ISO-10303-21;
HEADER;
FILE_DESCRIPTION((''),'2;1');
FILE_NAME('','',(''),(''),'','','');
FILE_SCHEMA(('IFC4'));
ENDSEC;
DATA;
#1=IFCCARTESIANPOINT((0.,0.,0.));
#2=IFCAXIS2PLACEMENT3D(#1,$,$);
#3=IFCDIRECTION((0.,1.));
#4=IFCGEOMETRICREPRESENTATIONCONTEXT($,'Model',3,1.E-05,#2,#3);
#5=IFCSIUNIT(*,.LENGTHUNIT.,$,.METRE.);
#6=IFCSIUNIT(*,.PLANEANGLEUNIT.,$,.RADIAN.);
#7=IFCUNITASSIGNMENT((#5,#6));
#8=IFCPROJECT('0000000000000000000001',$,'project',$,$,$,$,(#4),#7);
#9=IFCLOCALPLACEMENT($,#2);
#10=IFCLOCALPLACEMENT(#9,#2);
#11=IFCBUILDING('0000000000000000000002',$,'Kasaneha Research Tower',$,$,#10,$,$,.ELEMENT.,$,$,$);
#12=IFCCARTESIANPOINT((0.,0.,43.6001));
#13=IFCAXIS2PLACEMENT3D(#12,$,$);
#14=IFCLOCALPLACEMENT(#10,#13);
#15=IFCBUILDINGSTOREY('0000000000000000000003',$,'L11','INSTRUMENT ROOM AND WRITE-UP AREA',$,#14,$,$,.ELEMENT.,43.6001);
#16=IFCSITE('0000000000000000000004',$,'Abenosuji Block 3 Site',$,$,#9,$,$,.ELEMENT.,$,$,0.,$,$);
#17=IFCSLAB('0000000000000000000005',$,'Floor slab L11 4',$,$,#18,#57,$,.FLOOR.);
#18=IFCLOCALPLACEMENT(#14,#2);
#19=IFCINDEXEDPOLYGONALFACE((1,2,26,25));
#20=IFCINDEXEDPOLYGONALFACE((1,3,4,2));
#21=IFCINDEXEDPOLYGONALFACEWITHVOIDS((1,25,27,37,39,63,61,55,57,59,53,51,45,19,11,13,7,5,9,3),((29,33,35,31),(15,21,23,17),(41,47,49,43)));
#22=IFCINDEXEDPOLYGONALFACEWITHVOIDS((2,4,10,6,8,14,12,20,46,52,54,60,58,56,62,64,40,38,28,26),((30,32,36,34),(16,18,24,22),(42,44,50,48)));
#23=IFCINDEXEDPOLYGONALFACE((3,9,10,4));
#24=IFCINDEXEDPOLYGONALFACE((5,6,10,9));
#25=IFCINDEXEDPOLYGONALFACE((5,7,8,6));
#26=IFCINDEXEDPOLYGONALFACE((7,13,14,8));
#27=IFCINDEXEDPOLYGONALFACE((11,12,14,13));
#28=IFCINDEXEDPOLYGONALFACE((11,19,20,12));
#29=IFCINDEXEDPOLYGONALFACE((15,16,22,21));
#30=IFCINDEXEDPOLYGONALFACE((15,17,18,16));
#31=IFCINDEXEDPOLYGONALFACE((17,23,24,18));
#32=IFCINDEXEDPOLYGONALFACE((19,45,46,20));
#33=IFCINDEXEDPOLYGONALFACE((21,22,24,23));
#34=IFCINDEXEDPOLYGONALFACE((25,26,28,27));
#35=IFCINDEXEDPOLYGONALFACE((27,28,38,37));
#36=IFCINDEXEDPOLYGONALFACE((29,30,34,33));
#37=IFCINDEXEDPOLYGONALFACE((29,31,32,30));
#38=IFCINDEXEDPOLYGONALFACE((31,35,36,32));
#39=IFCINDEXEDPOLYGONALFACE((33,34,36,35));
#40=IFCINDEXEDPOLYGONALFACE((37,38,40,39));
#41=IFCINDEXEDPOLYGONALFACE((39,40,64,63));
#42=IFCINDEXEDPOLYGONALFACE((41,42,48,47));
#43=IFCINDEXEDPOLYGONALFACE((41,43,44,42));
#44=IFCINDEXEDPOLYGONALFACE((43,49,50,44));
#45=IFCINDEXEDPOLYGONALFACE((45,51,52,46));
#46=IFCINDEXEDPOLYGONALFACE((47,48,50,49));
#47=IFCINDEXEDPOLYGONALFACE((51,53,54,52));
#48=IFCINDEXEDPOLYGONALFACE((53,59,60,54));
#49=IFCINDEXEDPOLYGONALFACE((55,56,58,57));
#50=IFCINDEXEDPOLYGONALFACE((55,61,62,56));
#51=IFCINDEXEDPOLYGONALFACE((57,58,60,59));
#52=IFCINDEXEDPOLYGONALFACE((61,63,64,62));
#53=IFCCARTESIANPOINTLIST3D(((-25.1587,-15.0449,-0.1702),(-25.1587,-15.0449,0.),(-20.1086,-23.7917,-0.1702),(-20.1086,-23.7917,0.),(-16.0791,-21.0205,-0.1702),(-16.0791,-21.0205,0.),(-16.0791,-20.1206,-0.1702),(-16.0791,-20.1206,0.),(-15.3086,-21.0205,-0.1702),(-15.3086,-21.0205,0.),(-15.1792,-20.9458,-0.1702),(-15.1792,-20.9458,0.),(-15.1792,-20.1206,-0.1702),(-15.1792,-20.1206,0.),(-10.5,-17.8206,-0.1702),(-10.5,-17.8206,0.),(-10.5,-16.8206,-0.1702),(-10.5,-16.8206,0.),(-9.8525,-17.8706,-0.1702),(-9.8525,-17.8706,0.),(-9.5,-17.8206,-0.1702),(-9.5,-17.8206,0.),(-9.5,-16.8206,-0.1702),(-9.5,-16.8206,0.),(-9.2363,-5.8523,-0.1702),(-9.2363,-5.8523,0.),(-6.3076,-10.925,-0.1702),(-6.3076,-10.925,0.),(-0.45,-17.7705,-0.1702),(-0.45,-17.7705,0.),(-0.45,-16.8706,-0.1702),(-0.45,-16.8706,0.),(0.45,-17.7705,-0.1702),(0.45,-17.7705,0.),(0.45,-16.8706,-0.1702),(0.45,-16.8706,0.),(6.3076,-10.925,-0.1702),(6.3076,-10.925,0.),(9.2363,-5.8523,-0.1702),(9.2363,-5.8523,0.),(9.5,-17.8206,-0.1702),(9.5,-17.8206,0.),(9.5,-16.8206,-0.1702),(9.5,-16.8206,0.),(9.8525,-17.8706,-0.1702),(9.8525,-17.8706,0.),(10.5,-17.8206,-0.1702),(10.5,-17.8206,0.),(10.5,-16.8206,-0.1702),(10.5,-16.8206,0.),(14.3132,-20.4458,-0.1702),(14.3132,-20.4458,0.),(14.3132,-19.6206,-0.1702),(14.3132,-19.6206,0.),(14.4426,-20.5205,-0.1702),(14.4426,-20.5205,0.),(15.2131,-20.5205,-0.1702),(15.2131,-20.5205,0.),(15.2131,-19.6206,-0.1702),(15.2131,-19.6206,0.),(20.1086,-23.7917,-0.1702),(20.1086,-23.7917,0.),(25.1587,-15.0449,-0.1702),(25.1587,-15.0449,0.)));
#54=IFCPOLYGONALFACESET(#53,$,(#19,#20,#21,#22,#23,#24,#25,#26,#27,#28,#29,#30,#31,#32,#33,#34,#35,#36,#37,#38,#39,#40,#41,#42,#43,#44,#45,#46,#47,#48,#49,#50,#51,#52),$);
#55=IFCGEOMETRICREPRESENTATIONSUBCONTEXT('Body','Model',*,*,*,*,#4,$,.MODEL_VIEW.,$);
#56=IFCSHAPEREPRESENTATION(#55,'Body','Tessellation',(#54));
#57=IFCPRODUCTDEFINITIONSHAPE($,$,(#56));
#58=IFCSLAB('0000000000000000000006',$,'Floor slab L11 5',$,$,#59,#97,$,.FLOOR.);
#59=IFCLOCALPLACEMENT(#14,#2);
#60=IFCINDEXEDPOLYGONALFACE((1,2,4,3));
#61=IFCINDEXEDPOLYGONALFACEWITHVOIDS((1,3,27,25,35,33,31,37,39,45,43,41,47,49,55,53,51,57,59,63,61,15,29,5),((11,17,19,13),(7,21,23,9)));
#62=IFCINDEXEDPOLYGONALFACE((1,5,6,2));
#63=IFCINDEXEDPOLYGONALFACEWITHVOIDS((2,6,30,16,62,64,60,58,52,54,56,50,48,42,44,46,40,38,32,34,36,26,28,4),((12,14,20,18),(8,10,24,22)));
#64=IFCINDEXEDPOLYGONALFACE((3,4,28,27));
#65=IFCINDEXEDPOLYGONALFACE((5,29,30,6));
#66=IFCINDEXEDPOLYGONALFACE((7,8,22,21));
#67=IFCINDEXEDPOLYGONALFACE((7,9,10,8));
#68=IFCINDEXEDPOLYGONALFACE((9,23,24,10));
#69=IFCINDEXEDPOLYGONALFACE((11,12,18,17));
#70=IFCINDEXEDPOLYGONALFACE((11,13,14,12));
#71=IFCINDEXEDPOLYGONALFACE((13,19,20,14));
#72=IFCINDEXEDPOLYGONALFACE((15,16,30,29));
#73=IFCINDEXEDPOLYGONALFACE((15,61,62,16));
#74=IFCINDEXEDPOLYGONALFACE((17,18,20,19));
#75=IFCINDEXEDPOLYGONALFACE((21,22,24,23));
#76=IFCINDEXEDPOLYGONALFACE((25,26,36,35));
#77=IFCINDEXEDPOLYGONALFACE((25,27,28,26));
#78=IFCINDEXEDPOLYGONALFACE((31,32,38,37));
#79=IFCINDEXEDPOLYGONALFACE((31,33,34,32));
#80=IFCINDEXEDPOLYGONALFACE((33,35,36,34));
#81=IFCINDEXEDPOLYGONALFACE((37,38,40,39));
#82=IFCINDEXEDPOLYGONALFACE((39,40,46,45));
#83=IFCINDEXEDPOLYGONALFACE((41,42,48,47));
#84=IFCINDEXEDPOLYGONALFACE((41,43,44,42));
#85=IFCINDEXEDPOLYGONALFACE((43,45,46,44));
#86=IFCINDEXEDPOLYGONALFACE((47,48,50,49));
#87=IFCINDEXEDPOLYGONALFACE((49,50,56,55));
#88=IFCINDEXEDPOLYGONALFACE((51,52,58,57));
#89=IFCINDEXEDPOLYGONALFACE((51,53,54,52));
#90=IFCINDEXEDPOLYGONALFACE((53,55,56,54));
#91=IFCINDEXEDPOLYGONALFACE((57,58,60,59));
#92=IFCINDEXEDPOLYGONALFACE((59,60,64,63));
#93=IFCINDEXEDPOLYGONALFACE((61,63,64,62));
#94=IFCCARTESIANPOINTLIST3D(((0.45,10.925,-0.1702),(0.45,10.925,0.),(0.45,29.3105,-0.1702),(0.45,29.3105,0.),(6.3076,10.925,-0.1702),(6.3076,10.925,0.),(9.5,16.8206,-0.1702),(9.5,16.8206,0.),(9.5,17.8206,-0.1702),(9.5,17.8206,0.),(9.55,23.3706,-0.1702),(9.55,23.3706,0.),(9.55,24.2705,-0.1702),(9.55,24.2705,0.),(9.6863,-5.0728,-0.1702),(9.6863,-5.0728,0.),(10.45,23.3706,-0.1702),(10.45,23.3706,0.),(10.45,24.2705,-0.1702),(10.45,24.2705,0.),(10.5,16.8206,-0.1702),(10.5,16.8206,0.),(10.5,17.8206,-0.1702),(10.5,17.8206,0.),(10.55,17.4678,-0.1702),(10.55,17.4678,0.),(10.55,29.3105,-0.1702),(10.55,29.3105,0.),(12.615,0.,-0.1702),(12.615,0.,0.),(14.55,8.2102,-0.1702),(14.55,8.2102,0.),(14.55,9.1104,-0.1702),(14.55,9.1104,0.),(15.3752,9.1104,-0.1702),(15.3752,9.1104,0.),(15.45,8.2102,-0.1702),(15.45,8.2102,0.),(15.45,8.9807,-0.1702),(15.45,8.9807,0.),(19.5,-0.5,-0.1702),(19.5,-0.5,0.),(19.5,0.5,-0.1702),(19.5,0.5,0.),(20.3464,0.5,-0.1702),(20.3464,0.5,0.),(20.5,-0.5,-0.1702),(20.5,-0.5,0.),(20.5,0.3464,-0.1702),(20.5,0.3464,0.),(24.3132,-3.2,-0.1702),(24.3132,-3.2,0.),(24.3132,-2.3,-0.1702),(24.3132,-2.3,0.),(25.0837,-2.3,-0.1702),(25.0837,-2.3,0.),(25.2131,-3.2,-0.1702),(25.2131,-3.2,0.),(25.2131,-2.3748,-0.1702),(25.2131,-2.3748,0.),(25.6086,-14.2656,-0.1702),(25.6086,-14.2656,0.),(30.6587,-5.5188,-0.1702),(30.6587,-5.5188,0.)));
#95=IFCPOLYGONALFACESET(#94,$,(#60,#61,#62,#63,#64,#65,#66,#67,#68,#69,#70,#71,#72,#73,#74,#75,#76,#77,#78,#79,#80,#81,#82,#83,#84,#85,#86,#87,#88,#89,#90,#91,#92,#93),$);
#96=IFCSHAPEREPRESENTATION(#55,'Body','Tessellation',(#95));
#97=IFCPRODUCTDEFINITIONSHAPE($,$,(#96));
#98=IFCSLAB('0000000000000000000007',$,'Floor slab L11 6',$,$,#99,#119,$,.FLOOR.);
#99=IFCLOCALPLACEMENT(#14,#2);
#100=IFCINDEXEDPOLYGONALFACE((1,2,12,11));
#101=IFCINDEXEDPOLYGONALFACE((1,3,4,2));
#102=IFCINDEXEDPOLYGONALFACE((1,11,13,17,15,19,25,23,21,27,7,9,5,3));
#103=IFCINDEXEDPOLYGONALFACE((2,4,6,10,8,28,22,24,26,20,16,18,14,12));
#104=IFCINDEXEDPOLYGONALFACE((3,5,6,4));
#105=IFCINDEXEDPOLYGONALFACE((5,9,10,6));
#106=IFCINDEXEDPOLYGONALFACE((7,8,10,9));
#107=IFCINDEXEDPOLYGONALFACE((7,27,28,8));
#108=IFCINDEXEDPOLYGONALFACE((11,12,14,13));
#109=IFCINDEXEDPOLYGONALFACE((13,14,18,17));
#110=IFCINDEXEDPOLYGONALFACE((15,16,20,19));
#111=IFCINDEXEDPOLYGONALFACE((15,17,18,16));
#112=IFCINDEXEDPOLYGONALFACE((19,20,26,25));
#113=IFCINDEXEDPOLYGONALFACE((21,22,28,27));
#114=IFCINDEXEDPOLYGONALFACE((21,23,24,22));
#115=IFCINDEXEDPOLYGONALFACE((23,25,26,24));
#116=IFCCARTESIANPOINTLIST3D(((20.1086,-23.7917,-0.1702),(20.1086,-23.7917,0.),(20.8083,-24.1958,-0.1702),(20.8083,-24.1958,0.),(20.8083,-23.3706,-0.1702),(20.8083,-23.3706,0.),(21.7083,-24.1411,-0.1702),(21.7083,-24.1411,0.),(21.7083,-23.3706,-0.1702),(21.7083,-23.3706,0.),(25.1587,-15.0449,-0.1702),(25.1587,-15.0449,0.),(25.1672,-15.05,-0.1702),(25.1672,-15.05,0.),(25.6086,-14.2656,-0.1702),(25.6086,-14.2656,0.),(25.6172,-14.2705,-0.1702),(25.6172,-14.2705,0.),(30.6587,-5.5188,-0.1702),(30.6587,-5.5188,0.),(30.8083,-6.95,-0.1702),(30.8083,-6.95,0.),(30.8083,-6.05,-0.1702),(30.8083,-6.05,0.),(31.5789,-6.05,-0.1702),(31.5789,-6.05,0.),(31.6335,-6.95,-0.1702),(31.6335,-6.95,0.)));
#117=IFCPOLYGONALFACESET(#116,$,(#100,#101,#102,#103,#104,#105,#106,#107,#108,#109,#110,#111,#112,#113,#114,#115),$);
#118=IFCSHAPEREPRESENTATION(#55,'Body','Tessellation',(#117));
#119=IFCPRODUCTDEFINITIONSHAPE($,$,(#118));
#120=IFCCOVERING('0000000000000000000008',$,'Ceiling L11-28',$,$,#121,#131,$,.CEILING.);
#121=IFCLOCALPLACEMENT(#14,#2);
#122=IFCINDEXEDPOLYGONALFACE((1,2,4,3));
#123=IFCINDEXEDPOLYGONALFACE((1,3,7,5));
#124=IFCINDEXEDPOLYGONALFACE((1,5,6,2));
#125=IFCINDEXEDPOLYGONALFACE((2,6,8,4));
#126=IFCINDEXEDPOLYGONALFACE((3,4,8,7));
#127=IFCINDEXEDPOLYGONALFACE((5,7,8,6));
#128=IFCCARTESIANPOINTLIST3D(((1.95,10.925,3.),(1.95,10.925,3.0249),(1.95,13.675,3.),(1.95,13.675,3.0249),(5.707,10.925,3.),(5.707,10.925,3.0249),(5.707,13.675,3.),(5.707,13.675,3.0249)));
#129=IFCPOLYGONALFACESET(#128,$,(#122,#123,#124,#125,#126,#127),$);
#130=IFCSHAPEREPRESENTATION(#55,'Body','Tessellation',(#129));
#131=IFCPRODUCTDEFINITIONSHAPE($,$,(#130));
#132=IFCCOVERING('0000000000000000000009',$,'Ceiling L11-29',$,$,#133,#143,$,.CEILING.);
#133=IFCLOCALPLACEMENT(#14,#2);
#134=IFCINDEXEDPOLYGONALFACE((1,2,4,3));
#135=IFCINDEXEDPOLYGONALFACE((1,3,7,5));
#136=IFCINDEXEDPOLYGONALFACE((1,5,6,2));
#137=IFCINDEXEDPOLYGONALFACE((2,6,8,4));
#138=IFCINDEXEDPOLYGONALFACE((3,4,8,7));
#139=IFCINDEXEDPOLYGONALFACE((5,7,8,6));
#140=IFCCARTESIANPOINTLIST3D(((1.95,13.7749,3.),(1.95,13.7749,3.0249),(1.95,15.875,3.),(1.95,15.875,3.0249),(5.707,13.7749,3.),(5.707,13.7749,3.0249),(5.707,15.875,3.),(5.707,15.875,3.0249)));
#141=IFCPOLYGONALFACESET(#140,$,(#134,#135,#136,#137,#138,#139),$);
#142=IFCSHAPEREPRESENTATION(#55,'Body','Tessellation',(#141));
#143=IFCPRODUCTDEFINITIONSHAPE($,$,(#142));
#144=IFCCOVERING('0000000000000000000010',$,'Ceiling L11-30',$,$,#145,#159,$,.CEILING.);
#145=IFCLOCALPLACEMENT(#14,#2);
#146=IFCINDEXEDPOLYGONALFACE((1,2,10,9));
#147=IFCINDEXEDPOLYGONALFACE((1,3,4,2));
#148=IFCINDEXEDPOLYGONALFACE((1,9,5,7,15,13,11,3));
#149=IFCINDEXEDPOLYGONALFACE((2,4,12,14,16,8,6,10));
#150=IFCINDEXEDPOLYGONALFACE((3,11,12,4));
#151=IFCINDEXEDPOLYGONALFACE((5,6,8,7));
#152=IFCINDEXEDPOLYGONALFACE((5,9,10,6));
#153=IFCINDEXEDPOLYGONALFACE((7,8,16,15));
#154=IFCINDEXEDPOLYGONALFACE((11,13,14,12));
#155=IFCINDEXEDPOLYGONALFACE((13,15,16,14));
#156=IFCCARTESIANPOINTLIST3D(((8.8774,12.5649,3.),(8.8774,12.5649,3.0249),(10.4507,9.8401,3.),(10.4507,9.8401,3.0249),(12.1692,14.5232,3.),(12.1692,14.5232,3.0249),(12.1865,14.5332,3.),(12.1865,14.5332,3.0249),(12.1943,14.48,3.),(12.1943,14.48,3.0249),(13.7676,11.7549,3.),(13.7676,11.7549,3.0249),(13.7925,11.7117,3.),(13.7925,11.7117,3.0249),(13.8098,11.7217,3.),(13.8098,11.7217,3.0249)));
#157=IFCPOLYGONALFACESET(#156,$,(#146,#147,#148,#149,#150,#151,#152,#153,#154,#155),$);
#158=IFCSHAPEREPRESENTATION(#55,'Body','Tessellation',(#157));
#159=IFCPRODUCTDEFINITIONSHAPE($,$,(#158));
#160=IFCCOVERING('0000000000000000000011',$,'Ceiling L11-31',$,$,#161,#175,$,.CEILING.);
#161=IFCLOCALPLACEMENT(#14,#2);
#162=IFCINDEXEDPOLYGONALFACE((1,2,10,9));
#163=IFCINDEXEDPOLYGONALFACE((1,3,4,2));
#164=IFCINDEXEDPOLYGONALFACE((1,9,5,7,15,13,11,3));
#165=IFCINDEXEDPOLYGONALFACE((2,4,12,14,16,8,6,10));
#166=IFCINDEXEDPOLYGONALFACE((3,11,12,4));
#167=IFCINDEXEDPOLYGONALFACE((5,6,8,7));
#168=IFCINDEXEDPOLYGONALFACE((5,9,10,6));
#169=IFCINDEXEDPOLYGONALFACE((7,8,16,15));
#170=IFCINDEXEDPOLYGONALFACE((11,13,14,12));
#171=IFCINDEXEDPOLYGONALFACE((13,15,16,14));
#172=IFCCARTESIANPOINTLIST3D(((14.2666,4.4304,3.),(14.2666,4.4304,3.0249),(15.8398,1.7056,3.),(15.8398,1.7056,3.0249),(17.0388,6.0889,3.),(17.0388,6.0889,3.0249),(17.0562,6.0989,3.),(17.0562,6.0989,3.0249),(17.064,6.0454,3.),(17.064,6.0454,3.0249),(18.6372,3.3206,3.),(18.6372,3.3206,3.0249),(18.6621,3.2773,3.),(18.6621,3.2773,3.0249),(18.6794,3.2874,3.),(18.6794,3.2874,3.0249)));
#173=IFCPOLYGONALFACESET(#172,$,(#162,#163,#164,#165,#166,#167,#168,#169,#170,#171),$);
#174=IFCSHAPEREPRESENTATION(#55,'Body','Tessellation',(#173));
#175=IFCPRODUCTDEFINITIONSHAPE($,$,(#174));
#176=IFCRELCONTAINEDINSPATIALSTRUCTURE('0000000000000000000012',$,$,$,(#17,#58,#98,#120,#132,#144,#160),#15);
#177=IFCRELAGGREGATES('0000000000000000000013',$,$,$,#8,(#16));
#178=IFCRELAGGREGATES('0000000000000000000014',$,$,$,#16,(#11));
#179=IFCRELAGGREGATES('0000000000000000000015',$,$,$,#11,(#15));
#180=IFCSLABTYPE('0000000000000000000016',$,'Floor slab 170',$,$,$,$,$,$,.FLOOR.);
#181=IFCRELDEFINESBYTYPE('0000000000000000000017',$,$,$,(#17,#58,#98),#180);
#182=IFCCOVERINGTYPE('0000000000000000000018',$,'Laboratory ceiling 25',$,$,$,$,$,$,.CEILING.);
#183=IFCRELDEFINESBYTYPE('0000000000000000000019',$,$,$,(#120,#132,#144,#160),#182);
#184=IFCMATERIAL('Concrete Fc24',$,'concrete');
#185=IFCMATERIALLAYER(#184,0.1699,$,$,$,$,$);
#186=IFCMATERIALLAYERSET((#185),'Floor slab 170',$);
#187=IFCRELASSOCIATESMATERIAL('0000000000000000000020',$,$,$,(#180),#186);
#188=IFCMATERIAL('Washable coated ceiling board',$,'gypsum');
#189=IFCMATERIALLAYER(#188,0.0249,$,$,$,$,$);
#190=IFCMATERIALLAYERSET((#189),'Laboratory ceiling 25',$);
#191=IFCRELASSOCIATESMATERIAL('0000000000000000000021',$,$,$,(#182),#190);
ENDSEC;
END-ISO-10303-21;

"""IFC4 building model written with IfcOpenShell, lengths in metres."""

from ifc_helpers import new_model, si_unit, direction, frame, origin, place, context, subcontext, project, spatial, polyline, outline, extrude, material, layer, layer_set, type_object, element, save


model = new_model("IFC4")

# Units and contexts
model_context = context("Model", 3, precision=1e-05, world=origin(), true_north=direction((0.0, 1.0)))
body_context = subcontext(model_context, "Body", "Model", "MODEL_VIEW")
ifc_project = project(units=[si_unit("LENGTHUNIT", "METRE"), si_unit("PLANEANGLEUNIT", "RADIAN")], contexts=[model_context])

# Site, building, storey
site_placement = place(None, origin())
site = spatial("IfcSite", under=ifc_project, at=site_placement, Name="Abenosuji Block 3 Site", CompositionType="ELEMENT", RefElevation=0.0)
building_placement = place(site_placement, origin())
building = spatial("IfcBuilding", under=site, at=building_placement, Name="Kasaneha Research Tower", CompositionType="ELEMENT")
storey_placement = place(building_placement, frame((0.0, 0.0, 43.6001)))
storey = spatial("IfcBuildingStorey", under=building, at=storey_placement, Name="L11", Description="INSTRUMENT ROOM AND WRITE-UP AREA", CompositionType="ELEMENT", Elevation=43.6001)

# Slabs
ifc_material_1 = material(Name="Concrete Fc24", Category="concrete")
ifc_layer_1 = layer(ifc_material_1, 0.1699)
ifc_layer_set_1 = layer_set([ifc_layer_1], Name="Floor slab 170")
slab_type_1 = type_object("IfcSlabType", Name="Floor slab 170", PredefinedType="FLOOR", material=ifc_layer_set_1)
slab_1_placement = place(storey_placement, frame((0.0, 0.0, -0.1702)))
element("IfcSlab", 1, at=slab_1_placement, inside=storey, type_object=slab_type_1, Name="Floor slab L11 4", PredefinedType="FLOOR", context=body_context, shape_type="SweptSolid", body=[
    extrude(outline(polyline([(-6.3076, -10.925), (6.3076, -10.925), (9.2363, -5.8523), (25.1587, -15.0449), (20.1086, -23.7917), (14.4426, -20.5205), (15.2131, -20.5205), (15.2131, -19.6206), (14.3132, -19.6206), (14.3132, -20.4458), (9.8525, -17.8706), (-9.8525, -17.8706), (-15.1792, -20.9458), (-15.1792, -20.1206), (-16.0791, -20.1206), (-16.0791, -21.0205), (-15.3086, -21.0205), (-20.1086, -23.7917), (-25.1587, -15.0449), (-9.2363, -5.8523), (-6.3076, -10.925)]), holes=[polyline([(-0.45, -17.7705), (0.45, -17.7705), (0.45, -16.8706), (-0.45, -16.8706), (-0.45, -17.7705)]), polyline([(-9.5, -17.8206), (-9.5, -16.8206), (-10.5, -16.8206), (-10.5, -17.8206), (-9.5, -17.8206)]), polyline([(10.5, -17.8206), (10.5, -16.8206), (9.5, -16.8206), (9.5, -17.8206), (10.5, -17.8206)])]), origin(), (0.0, 0.0, 1.0), 0.1702),
])
slab_2_placement = place(storey_placement, frame((0.0, 0.0, -0.1702)))
element("IfcSlab", 2, at=slab_2_placement, inside=storey, type_object=slab_type_1, Name="Floor slab L11 5", PredefinedType="FLOOR", context=body_context, shape_type="SweptSolid", body=[
    extrude(outline(polyline([(9.6863, -5.0728), (12.615, 0.0), (6.3076, 10.925), (0.45, 10.925), (0.45, 29.3105), (10.55, 29.3105), (10.55, 17.4678), (15.3752, 9.1104), (14.55, 9.1104), (14.55, 8.2102), (15.45, 8.2102), (15.45, 8.9807), (20.3464, 0.5), (19.5, 0.5), (19.5, -0.5), (20.5, -0.5), (20.5, 0.3464), (25.0837, -2.3), (24.3132, -2.3), (24.3132, -3.2), (25.2131, -3.2), (25.2131, -2.3748), (30.6587, -5.5188), (25.6086, -14.2656), (9.6863, -5.0728)]), holes=[polyline([(9.5, 16.8206), (10.5, 16.8206), (10.5, 17.8206), (9.5, 17.8206), (9.5, 16.8206)]), polyline([(9.55, 23.3706), (10.45, 23.3706), (10.45, 24.2705), (9.55, 24.2705), (9.55, 23.3706)])]), origin(), (0.0, 0.0, 1.0), 0.1702),
])
slab_3_placement = place(storey_placement, frame((0.0, 0.0, -0.1702)))
element("IfcSlab", 3, at=slab_3_placement, inside=storey, type_object=slab_type_1, Name="Floor slab L11 6", PredefinedType="FLOOR", context=body_context, shape_type="SweptSolid", body=[
    extrude(outline(polyline([(25.1672, -15.05), (25.6172, -14.2705), (25.6086, -14.2656), (30.6587, -5.5188), (31.5789, -6.05), (30.8083, -6.05), (30.8083, -6.95), (31.6335, -6.95), (21.7083, -24.1411), (21.7083, -23.3706), (20.8083, -23.3706), (20.8083, -24.1958), (20.1086, -23.7917), (25.1587, -15.0449), (25.1672, -15.05)])), origin(), (0.0, 0.0, 1.0), 0.1702),
])

# Coverings
ifc_material_2 = material(Name="Washable coated ceiling board", Category="gypsum")
ifc_layer_2 = layer(ifc_material_2, 0.0249)
ifc_layer_set_2 = layer_set([ifc_layer_2], Name="Laboratory ceiling 25")
covering_type_1 = type_object("IfcCoveringType", Name="Laboratory ceiling 25", PredefinedType="CEILING", material=ifc_layer_set_2)
covering_1_placement = place(storey_placement, frame((0.0, 0.0, 3.0)))
element("IfcCovering", 4, at=covering_1_placement, inside=storey, type_object=covering_type_1, Name="Ceiling L11-28", PredefinedType="CEILING", context=body_context, shape_type="SweptSolid", body=[
    extrude(outline(polyline([(1.95, 10.925), (1.95, 13.675), (5.707, 13.675), (5.707, 10.925), (1.95, 10.925)])), origin(), (0.0, 0.0, 1.0), 0.0249),
])
covering_2_placement = place(storey_placement, frame((0.0, 0.0, 3.0)))
element("IfcCovering", 5, at=covering_2_placement, inside=storey, type_object=covering_type_1, Name="Ceiling L11-29", PredefinedType="CEILING", context=body_context, shape_type="SweptSolid", body=[
    extrude(outline(polyline([(5.707, 15.875), (5.707, 13.7749), (1.95, 13.7749), (1.95, 15.875), (5.707, 15.875)])), origin(), (0.0, 0.0, 1.0), 0.0249),
])
covering_3_placement = place(storey_placement, frame((0.0, 0.0, 3.0)))
element("IfcCovering", 6, at=covering_3_placement, inside=storey, type_object=covering_type_1, Name="Ceiling L11-30", PredefinedType="CEILING", context=body_context, shape_type="SweptSolid", body=[
    extrude(outline(polyline([(13.8098, 11.7217), (13.7925, 11.7117), (13.7676, 11.7549), (10.4507, 9.8401), (8.8774, 12.5649), (12.1943, 14.48), (12.1692, 14.5232), (12.1865, 14.5332), (13.8098, 11.7217)])), origin(), (0.0, 0.0, 1.0), 0.0249),
])
covering_4_placement = place(storey_placement, frame((0.0, 0.0, 3.0)))
element("IfcCovering", 7, at=covering_4_placement, inside=storey, type_object=covering_type_1, Name="Ceiling L11-31", PredefinedType="CEILING", context=body_context, shape_type="SweptSolid", body=[
    extrude(outline(polyline([(18.6794, 3.2874), (18.6621, 3.2773), (18.6372, 3.3206), (15.8398, 1.7056), (14.2666, 4.4304), (17.064, 6.0454), (17.0388, 6.0889), (17.0562, 6.0989), (18.6794, 3.2874)])), origin(), (0.0, 0.0, 1.0), 0.0249),
])

save(model, "model.ifc")
